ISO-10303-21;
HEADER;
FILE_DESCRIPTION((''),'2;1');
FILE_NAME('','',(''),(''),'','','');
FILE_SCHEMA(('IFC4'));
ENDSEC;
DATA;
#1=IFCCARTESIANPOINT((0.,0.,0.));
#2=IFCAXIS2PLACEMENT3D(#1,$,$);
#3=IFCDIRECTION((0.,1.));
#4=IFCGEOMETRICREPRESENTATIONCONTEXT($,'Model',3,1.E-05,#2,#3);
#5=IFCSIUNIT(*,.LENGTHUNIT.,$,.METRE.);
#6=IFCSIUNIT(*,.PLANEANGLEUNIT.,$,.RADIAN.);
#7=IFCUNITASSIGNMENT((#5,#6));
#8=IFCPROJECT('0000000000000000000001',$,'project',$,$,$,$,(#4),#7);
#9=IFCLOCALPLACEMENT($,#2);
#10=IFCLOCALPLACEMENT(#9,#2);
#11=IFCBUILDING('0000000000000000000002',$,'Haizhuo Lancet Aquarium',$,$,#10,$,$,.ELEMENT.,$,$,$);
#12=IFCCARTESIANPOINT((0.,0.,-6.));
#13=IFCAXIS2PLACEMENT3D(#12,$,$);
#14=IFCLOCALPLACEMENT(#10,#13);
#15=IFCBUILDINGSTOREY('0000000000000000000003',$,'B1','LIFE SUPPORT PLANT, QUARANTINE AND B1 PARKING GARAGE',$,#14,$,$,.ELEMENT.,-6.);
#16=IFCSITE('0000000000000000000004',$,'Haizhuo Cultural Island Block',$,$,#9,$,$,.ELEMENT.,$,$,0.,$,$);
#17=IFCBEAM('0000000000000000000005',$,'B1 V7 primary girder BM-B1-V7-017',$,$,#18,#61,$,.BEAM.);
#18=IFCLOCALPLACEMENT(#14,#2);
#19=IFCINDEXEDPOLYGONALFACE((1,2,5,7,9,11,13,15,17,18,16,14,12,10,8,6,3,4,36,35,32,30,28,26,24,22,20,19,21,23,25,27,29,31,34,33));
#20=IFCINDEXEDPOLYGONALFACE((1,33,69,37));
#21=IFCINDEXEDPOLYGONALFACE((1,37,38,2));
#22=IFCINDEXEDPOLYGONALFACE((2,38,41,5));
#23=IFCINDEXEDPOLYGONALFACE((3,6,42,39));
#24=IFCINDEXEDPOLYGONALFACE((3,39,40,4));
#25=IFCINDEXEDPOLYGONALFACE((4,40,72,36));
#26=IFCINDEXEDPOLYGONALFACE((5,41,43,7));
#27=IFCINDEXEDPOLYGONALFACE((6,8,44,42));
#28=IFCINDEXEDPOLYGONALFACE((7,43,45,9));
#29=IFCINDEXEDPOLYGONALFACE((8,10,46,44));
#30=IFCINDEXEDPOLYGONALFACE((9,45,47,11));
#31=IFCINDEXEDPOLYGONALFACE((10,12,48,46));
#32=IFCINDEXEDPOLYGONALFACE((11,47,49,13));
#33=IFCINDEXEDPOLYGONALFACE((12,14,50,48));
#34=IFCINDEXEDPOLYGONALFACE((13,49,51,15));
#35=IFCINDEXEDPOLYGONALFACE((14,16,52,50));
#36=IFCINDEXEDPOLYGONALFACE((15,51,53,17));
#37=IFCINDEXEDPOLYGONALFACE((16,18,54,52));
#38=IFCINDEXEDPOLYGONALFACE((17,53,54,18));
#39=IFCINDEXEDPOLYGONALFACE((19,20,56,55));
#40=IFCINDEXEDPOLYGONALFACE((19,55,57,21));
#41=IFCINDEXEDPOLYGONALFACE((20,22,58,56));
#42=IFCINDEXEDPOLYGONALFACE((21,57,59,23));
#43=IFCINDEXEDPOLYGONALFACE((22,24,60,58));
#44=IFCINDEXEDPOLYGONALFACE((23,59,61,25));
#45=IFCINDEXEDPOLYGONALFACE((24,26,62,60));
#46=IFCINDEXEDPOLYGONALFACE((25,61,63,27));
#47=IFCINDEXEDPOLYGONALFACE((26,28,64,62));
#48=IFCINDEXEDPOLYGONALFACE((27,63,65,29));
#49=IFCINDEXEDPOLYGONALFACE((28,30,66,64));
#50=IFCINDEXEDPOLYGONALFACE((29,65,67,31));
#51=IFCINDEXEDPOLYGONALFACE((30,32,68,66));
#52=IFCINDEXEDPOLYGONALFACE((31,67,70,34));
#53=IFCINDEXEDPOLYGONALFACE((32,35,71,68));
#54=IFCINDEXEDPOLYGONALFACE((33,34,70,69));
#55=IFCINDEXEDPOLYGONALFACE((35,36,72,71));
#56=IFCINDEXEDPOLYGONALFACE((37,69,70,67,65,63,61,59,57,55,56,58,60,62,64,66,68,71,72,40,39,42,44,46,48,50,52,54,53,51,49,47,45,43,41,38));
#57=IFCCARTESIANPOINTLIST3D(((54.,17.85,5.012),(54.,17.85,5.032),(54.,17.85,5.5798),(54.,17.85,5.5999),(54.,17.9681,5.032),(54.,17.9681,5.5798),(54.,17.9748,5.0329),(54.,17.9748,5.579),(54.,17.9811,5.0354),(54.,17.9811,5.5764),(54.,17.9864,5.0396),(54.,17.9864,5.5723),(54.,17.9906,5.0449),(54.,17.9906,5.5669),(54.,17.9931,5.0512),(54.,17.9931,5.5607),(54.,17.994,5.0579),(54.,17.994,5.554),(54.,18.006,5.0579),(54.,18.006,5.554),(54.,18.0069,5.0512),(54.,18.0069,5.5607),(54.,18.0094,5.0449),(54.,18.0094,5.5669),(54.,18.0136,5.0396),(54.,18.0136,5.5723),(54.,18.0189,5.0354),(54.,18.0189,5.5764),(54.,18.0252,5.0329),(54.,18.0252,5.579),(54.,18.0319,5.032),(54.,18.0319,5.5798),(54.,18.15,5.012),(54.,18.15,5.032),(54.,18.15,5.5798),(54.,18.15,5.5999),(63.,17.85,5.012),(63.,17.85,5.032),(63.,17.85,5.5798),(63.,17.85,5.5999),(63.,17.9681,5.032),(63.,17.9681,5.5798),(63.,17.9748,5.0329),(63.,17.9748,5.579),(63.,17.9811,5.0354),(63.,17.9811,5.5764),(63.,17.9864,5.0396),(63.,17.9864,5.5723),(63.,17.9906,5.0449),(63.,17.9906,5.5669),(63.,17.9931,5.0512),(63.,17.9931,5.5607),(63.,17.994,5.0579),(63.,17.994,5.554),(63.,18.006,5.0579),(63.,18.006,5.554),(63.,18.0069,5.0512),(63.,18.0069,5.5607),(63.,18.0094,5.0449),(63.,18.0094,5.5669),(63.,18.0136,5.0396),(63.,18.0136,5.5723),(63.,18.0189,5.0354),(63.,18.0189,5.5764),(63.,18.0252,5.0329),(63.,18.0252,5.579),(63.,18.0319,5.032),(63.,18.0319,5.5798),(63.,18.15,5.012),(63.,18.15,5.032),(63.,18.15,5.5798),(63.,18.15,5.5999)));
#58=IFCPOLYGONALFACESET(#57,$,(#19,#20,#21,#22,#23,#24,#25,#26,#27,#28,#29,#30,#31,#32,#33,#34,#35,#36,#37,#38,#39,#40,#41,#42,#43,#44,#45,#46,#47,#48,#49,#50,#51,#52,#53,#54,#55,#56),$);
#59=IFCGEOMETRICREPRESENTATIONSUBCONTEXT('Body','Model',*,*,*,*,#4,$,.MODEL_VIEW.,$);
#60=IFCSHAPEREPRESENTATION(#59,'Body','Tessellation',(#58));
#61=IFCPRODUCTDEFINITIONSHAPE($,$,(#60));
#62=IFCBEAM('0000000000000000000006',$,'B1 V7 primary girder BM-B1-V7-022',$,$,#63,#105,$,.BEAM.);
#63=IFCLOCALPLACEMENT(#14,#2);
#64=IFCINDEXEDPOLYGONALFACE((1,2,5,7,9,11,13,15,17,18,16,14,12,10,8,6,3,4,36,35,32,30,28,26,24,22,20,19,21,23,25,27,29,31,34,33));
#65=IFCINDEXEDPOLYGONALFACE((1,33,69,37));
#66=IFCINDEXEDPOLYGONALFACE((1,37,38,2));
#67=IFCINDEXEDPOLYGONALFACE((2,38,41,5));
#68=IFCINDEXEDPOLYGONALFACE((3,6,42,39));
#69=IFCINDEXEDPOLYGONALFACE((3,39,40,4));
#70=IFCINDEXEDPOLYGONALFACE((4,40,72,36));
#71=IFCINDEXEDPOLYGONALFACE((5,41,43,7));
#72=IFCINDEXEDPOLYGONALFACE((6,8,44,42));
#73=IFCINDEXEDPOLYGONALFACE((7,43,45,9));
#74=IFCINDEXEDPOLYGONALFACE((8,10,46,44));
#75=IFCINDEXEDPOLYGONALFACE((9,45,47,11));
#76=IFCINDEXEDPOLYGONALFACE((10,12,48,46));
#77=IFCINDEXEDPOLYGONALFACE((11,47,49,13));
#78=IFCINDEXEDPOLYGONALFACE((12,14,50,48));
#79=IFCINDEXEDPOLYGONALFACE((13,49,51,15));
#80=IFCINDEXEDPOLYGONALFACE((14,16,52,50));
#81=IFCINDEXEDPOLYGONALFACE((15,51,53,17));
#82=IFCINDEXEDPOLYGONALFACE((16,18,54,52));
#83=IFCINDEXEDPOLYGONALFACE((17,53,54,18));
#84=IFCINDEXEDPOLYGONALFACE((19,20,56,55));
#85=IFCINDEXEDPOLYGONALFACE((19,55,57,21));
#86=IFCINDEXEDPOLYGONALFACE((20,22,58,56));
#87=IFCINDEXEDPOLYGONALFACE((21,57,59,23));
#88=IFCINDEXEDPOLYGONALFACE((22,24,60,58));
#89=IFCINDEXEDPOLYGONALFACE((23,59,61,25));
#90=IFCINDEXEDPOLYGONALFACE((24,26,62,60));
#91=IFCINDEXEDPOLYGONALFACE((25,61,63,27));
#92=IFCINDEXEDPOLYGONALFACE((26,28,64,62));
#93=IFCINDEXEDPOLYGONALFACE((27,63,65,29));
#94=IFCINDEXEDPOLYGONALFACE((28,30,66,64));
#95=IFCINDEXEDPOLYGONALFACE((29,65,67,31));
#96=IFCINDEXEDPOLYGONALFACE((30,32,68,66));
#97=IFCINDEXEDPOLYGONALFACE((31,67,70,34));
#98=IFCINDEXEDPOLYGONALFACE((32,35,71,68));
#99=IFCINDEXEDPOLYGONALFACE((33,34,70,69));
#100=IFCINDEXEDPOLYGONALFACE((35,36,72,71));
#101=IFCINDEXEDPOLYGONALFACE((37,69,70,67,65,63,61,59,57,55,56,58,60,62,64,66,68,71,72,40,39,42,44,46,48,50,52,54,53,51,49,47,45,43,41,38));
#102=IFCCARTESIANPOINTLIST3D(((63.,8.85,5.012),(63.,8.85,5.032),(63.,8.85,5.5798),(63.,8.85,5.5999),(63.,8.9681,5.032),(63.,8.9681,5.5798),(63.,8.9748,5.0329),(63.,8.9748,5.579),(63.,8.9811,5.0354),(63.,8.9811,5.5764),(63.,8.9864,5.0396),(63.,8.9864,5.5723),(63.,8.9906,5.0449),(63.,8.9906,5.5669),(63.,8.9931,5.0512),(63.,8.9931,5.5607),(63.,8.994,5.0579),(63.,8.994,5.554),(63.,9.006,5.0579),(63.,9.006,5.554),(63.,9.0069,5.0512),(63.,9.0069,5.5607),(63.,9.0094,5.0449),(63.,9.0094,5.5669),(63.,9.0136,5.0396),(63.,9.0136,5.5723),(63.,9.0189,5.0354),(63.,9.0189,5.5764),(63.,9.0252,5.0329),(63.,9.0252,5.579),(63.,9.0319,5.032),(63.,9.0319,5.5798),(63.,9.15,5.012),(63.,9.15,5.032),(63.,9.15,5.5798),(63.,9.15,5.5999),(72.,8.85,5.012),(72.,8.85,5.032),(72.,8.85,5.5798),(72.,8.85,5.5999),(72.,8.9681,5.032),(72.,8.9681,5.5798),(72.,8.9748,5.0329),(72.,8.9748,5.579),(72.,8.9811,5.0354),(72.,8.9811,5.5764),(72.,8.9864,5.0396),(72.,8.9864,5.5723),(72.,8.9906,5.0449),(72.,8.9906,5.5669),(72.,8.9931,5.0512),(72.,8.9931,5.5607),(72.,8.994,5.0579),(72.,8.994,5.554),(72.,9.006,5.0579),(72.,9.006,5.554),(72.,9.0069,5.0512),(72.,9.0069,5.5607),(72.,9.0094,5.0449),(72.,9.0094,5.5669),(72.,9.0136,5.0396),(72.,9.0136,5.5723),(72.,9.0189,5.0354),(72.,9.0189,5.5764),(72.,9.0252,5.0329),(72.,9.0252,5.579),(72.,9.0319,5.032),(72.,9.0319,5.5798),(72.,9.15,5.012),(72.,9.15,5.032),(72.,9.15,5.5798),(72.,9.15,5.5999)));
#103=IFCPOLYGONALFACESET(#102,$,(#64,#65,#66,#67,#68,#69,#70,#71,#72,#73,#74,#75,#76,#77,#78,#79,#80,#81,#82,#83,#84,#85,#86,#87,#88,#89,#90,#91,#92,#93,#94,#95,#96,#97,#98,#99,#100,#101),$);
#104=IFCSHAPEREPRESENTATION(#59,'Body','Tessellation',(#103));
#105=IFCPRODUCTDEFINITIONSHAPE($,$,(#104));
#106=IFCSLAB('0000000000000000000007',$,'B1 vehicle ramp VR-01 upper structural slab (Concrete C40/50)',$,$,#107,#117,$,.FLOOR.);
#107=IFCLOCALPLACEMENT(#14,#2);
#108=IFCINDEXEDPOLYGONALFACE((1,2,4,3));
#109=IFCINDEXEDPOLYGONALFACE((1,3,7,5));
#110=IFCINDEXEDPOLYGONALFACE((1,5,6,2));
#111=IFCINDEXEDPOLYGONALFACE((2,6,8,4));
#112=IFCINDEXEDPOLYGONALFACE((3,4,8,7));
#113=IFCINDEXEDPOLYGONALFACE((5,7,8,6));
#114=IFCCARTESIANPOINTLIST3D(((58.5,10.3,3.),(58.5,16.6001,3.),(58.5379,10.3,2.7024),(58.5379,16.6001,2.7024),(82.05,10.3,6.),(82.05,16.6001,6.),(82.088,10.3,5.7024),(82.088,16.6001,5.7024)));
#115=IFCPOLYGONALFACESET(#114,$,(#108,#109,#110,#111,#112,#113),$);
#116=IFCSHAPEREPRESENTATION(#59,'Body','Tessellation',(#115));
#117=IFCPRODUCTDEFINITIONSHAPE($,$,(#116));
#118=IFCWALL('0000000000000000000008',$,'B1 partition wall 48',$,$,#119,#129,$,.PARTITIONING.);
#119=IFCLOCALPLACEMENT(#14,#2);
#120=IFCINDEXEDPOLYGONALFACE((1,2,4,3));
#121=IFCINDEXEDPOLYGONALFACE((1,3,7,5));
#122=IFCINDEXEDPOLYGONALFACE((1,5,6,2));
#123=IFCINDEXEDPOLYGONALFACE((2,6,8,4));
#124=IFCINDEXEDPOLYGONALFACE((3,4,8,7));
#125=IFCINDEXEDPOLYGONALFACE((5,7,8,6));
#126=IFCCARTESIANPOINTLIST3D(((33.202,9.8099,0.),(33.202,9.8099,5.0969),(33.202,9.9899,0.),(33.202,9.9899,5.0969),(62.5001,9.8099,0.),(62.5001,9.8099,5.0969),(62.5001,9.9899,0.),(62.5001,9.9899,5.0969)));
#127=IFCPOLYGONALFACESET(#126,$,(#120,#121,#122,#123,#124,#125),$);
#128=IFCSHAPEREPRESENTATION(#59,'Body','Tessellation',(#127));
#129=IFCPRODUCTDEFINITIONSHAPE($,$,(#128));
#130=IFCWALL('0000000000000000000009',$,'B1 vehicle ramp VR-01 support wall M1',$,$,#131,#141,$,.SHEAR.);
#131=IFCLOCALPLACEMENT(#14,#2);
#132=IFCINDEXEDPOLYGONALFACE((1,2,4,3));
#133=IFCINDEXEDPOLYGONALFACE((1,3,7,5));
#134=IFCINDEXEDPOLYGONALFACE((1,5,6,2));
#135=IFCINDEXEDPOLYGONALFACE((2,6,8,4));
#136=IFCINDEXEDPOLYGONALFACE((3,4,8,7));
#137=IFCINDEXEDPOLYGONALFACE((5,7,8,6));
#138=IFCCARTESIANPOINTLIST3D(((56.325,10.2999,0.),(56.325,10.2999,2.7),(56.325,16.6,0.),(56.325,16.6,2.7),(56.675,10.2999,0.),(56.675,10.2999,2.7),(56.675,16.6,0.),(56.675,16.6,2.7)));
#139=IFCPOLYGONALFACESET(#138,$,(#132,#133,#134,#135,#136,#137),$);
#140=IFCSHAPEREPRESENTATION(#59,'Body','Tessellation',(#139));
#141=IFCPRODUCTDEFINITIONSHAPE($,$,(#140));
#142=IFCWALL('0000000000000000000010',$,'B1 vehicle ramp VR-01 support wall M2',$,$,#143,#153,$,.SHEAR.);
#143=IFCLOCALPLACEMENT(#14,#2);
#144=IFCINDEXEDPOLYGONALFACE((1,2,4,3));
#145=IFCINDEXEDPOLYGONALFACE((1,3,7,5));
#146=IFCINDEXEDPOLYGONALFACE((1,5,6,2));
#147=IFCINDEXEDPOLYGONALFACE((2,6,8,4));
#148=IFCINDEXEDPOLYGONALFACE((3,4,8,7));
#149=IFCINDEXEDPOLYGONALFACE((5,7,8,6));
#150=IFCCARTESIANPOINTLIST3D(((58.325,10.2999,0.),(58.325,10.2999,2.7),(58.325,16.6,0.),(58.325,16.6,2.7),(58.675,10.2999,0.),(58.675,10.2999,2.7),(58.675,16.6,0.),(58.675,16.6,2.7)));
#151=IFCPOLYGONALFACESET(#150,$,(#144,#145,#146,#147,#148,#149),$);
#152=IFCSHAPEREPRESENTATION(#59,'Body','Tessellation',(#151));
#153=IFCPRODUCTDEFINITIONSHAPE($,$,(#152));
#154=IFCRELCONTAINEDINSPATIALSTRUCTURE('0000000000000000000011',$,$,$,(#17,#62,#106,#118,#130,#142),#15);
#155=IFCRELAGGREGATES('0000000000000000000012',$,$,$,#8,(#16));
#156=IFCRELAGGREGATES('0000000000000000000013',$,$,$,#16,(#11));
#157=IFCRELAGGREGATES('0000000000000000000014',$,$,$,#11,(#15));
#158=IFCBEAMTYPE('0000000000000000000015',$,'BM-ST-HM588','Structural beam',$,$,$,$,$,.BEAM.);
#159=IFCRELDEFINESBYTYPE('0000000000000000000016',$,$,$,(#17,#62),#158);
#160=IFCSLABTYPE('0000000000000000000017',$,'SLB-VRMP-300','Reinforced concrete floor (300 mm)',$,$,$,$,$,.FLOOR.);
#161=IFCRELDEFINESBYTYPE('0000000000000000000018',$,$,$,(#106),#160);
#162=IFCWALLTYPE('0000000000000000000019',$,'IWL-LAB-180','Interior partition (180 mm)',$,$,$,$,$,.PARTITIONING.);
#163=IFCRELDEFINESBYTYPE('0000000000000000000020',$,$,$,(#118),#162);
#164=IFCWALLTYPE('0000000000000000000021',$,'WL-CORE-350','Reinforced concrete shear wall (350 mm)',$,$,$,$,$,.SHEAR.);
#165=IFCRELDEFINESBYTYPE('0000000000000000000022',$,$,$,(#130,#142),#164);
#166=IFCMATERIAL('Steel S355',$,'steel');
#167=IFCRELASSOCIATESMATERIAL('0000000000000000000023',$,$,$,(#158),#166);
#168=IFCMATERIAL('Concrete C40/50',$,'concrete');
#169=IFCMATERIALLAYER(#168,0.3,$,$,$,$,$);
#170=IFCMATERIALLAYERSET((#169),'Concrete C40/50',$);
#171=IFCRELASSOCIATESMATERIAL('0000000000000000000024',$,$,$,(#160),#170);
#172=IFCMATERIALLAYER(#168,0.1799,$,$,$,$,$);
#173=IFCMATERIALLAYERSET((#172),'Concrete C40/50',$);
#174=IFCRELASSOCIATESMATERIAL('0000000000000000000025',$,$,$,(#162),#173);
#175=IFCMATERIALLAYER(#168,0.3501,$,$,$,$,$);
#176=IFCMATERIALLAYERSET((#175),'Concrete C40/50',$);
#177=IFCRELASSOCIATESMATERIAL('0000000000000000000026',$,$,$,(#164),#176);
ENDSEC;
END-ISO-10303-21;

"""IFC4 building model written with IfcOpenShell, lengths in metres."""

from ifc_helpers import new_model, si_unit, direction, frame, frame_2d, origin, origin_2d, place, context, subcontext, project, spatial, polyline, rectangle, i_section, outline, extrude, material, layer, layer_set, material_profile, profile_set, type_object, element, save


model = new_model("IFC4")

# Units and contexts
model_context = context("Model", 3, precision=1e-05, world=origin(), true_north=direction((0.0, 1.0)))
body_context = subcontext(model_context, "Body", "Model", "MODEL_VIEW")
ifc_project = project(units=[si_unit("LENGTHUNIT", "METRE"), si_unit("PLANEANGLEUNIT", "RADIAN")], contexts=[model_context])

# Site, building, storey
site_placement = place(None, origin())
site = spatial("IfcSite", under=ifc_project, at=site_placement, Name="Haizhuo Cultural Island Block", CompositionType="ELEMENT", RefElevation=0.0)
building_placement = place(site_placement, origin())
building = spatial("IfcBuilding", under=site, at=building_placement, Name="Haizhuo Lancet Aquarium", CompositionType="ELEMENT")
storey_placement = place(building_placement, frame((0.0, 0.0, -6.0)))
storey = spatial("IfcBuildingStorey", under=building, at=storey_placement, Name="B1", Description="LIFE SUPPORT PLANT, QUARANTINE AND B1 PARKING GARAGE", CompositionType="ELEMENT", Elevation=-6.0)

# Shared definitions
ifc_material_1 = material(Name="Concrete C40/50", Category="concrete")

# Shared definitions
ifc_material_2 = material(Name="Steel S355", Category="steel")

# Beams
ifc_material_profile_1 = material_profile(ifc_material_2, i_section(OverallWidth=0.3, OverallDepth=0.5879, WebThickness=0.012, FlangeThickness=0.02, FilletRadius=0.0259, at=origin_2d()), Name="HM 588x300x12x20")
ifc_profile_set_1 = profile_set([ifc_material_profile_1], Name="Steel S355")
beam_type_1 = type_object("IfcBeamType", Name="BM-ST-HM588", Description="Structural beam", PredefinedType="BEAM", material=ifc_profile_set_1)
for number, where, z_axis, x_axis, name in (
    (1, (54.0, 18.0, 5.3059), (1.0, 0.0, 0.0), (0.0, 1.0, 0.0), "B1 V7 primary girder BM-B1-V7-017"),
    (2, (63.0, 9.0, 5.3059), (1.0, 0.0, 0.0), (0.0, 1.0, 0.0), "B1 V7 primary girder BM-B1-V7-022"),
):
    element("IfcBeam", number, at=place(storey_placement, frame(where, z_axis=z_axis, x_axis=x_axis)), inside=storey, type_object=beam_type_1, Name=name, PredefinedType="BEAM", context=body_context, shape_type="SweptSolid", body=[
        extrude(i_section(OverallWidth=0.3, OverallDepth=0.5879, WebThickness=0.012, FlangeThickness=0.02, FilletRadius=0.0259, at=origin_2d()), origin(), (0.0, 0.0, 1.0), 9.0),
    ])

# Slab
ifc_layer_1 = layer(ifc_material_1, 0.3)
ifc_layer_set_1 = layer_set([ifc_layer_1], Name="Concrete C40/50")
slab_type = type_object("IfcSlabType", Name="SLB-VRMP-300", Description="Reinforced concrete floor (300 mm)", PredefinedType="FLOOR", material=ifc_layer_set_1)
slab_placement = place(storey_placement, frame((58.5, 10.3, 3.0), z_axis=(-0.126367, 0.0, 0.991984), x_axis=(0.991984, 0.0, 0.126367)))
element("IfcSlab", 3, at=slab_placement, inside=storey, type_object=slab_type, Name="B1 vehicle ramp VR-01 upper structural slab (Concrete C40/50)", PredefinedType="FLOOR", context=body_context, shape_type="SweptSolid", body=[
    extrude(outline(polyline([(0.0, 0.0), (23.7404, 0.0), (23.7404, 6.3), (0.0, 6.3), (0.0, 0.0)])), origin(), (0.0, 0.0, -1.0), 0.3),
])

# Walls
ifc_layer_2 = layer(ifc_material_1, 0.1799)
ifc_layer_set_2 = layer_set([ifc_layer_2], Name="Concrete C40/50")
wall_type_1 = type_object("IfcWallType", Name="IWL-LAB-180", Description="Interior partition (180 mm)", PredefinedType="PARTITIONING", material=ifc_layer_set_2)
wall_placement = place(storey_placement, frame((62.5, 9.8999, 0.0), z_axis=(0.0, 0.0, 1.0), x_axis=(-1.0, 0.0, 0.0)))
element("IfcWall", 4, at=wall_placement, inside=storey, type_object=wall_type_1, Name="B1 partition wall 48", PredefinedType="PARTITIONING", context=body_context, shape_type="SweptSolid", body=[
    extrude(rectangle(XDim=29.2981, YDim=0.1799, at=frame_2d((14.6489, 0.0))), origin(), (0.0, 0.0, 1.0), 5.0969),
])
ifc_layer_3 = layer(ifc_material_1, 0.3501)
ifc_layer_set_3 = layer_set([ifc_layer_3], Name="Concrete C40/50")
wall_type_2 = type_object("IfcWallType", Name="WL-CORE-350", Description="Reinforced concrete shear wall (350 mm)", PredefinedType="SHEAR", material=ifc_layer_set_3)
for number, where, z_axis, x_axis, name in (
    (5, (56.5, 10.3, 0.0), (0.0, 0.0, 1.0), (0.0, 1.0, 0.0), "B1 vehicle ramp VR-01 support wall M1"),
    (6, (58.5, 10.3, 0.0), (0.0, 0.0, 1.0), (0.0, 1.0, 0.0), "B1 vehicle ramp VR-01 support wall M2"),
):
    element("IfcWall", number, at=place(storey_placement, frame(where, z_axis=z_axis, x_axis=x_axis)), inside=storey, type_object=wall_type_2, Name=name, PredefinedType="SHEAR", context=body_context, shape_type="SweptSolid", body=[
        extrude(rectangle(XDim=6.3, YDim=0.3501, at=frame_2d((3.1499, 0.0))), origin(), (0.0, 0.0, 1.0), 2.7),
    ])

save(model, "model.ifc")
